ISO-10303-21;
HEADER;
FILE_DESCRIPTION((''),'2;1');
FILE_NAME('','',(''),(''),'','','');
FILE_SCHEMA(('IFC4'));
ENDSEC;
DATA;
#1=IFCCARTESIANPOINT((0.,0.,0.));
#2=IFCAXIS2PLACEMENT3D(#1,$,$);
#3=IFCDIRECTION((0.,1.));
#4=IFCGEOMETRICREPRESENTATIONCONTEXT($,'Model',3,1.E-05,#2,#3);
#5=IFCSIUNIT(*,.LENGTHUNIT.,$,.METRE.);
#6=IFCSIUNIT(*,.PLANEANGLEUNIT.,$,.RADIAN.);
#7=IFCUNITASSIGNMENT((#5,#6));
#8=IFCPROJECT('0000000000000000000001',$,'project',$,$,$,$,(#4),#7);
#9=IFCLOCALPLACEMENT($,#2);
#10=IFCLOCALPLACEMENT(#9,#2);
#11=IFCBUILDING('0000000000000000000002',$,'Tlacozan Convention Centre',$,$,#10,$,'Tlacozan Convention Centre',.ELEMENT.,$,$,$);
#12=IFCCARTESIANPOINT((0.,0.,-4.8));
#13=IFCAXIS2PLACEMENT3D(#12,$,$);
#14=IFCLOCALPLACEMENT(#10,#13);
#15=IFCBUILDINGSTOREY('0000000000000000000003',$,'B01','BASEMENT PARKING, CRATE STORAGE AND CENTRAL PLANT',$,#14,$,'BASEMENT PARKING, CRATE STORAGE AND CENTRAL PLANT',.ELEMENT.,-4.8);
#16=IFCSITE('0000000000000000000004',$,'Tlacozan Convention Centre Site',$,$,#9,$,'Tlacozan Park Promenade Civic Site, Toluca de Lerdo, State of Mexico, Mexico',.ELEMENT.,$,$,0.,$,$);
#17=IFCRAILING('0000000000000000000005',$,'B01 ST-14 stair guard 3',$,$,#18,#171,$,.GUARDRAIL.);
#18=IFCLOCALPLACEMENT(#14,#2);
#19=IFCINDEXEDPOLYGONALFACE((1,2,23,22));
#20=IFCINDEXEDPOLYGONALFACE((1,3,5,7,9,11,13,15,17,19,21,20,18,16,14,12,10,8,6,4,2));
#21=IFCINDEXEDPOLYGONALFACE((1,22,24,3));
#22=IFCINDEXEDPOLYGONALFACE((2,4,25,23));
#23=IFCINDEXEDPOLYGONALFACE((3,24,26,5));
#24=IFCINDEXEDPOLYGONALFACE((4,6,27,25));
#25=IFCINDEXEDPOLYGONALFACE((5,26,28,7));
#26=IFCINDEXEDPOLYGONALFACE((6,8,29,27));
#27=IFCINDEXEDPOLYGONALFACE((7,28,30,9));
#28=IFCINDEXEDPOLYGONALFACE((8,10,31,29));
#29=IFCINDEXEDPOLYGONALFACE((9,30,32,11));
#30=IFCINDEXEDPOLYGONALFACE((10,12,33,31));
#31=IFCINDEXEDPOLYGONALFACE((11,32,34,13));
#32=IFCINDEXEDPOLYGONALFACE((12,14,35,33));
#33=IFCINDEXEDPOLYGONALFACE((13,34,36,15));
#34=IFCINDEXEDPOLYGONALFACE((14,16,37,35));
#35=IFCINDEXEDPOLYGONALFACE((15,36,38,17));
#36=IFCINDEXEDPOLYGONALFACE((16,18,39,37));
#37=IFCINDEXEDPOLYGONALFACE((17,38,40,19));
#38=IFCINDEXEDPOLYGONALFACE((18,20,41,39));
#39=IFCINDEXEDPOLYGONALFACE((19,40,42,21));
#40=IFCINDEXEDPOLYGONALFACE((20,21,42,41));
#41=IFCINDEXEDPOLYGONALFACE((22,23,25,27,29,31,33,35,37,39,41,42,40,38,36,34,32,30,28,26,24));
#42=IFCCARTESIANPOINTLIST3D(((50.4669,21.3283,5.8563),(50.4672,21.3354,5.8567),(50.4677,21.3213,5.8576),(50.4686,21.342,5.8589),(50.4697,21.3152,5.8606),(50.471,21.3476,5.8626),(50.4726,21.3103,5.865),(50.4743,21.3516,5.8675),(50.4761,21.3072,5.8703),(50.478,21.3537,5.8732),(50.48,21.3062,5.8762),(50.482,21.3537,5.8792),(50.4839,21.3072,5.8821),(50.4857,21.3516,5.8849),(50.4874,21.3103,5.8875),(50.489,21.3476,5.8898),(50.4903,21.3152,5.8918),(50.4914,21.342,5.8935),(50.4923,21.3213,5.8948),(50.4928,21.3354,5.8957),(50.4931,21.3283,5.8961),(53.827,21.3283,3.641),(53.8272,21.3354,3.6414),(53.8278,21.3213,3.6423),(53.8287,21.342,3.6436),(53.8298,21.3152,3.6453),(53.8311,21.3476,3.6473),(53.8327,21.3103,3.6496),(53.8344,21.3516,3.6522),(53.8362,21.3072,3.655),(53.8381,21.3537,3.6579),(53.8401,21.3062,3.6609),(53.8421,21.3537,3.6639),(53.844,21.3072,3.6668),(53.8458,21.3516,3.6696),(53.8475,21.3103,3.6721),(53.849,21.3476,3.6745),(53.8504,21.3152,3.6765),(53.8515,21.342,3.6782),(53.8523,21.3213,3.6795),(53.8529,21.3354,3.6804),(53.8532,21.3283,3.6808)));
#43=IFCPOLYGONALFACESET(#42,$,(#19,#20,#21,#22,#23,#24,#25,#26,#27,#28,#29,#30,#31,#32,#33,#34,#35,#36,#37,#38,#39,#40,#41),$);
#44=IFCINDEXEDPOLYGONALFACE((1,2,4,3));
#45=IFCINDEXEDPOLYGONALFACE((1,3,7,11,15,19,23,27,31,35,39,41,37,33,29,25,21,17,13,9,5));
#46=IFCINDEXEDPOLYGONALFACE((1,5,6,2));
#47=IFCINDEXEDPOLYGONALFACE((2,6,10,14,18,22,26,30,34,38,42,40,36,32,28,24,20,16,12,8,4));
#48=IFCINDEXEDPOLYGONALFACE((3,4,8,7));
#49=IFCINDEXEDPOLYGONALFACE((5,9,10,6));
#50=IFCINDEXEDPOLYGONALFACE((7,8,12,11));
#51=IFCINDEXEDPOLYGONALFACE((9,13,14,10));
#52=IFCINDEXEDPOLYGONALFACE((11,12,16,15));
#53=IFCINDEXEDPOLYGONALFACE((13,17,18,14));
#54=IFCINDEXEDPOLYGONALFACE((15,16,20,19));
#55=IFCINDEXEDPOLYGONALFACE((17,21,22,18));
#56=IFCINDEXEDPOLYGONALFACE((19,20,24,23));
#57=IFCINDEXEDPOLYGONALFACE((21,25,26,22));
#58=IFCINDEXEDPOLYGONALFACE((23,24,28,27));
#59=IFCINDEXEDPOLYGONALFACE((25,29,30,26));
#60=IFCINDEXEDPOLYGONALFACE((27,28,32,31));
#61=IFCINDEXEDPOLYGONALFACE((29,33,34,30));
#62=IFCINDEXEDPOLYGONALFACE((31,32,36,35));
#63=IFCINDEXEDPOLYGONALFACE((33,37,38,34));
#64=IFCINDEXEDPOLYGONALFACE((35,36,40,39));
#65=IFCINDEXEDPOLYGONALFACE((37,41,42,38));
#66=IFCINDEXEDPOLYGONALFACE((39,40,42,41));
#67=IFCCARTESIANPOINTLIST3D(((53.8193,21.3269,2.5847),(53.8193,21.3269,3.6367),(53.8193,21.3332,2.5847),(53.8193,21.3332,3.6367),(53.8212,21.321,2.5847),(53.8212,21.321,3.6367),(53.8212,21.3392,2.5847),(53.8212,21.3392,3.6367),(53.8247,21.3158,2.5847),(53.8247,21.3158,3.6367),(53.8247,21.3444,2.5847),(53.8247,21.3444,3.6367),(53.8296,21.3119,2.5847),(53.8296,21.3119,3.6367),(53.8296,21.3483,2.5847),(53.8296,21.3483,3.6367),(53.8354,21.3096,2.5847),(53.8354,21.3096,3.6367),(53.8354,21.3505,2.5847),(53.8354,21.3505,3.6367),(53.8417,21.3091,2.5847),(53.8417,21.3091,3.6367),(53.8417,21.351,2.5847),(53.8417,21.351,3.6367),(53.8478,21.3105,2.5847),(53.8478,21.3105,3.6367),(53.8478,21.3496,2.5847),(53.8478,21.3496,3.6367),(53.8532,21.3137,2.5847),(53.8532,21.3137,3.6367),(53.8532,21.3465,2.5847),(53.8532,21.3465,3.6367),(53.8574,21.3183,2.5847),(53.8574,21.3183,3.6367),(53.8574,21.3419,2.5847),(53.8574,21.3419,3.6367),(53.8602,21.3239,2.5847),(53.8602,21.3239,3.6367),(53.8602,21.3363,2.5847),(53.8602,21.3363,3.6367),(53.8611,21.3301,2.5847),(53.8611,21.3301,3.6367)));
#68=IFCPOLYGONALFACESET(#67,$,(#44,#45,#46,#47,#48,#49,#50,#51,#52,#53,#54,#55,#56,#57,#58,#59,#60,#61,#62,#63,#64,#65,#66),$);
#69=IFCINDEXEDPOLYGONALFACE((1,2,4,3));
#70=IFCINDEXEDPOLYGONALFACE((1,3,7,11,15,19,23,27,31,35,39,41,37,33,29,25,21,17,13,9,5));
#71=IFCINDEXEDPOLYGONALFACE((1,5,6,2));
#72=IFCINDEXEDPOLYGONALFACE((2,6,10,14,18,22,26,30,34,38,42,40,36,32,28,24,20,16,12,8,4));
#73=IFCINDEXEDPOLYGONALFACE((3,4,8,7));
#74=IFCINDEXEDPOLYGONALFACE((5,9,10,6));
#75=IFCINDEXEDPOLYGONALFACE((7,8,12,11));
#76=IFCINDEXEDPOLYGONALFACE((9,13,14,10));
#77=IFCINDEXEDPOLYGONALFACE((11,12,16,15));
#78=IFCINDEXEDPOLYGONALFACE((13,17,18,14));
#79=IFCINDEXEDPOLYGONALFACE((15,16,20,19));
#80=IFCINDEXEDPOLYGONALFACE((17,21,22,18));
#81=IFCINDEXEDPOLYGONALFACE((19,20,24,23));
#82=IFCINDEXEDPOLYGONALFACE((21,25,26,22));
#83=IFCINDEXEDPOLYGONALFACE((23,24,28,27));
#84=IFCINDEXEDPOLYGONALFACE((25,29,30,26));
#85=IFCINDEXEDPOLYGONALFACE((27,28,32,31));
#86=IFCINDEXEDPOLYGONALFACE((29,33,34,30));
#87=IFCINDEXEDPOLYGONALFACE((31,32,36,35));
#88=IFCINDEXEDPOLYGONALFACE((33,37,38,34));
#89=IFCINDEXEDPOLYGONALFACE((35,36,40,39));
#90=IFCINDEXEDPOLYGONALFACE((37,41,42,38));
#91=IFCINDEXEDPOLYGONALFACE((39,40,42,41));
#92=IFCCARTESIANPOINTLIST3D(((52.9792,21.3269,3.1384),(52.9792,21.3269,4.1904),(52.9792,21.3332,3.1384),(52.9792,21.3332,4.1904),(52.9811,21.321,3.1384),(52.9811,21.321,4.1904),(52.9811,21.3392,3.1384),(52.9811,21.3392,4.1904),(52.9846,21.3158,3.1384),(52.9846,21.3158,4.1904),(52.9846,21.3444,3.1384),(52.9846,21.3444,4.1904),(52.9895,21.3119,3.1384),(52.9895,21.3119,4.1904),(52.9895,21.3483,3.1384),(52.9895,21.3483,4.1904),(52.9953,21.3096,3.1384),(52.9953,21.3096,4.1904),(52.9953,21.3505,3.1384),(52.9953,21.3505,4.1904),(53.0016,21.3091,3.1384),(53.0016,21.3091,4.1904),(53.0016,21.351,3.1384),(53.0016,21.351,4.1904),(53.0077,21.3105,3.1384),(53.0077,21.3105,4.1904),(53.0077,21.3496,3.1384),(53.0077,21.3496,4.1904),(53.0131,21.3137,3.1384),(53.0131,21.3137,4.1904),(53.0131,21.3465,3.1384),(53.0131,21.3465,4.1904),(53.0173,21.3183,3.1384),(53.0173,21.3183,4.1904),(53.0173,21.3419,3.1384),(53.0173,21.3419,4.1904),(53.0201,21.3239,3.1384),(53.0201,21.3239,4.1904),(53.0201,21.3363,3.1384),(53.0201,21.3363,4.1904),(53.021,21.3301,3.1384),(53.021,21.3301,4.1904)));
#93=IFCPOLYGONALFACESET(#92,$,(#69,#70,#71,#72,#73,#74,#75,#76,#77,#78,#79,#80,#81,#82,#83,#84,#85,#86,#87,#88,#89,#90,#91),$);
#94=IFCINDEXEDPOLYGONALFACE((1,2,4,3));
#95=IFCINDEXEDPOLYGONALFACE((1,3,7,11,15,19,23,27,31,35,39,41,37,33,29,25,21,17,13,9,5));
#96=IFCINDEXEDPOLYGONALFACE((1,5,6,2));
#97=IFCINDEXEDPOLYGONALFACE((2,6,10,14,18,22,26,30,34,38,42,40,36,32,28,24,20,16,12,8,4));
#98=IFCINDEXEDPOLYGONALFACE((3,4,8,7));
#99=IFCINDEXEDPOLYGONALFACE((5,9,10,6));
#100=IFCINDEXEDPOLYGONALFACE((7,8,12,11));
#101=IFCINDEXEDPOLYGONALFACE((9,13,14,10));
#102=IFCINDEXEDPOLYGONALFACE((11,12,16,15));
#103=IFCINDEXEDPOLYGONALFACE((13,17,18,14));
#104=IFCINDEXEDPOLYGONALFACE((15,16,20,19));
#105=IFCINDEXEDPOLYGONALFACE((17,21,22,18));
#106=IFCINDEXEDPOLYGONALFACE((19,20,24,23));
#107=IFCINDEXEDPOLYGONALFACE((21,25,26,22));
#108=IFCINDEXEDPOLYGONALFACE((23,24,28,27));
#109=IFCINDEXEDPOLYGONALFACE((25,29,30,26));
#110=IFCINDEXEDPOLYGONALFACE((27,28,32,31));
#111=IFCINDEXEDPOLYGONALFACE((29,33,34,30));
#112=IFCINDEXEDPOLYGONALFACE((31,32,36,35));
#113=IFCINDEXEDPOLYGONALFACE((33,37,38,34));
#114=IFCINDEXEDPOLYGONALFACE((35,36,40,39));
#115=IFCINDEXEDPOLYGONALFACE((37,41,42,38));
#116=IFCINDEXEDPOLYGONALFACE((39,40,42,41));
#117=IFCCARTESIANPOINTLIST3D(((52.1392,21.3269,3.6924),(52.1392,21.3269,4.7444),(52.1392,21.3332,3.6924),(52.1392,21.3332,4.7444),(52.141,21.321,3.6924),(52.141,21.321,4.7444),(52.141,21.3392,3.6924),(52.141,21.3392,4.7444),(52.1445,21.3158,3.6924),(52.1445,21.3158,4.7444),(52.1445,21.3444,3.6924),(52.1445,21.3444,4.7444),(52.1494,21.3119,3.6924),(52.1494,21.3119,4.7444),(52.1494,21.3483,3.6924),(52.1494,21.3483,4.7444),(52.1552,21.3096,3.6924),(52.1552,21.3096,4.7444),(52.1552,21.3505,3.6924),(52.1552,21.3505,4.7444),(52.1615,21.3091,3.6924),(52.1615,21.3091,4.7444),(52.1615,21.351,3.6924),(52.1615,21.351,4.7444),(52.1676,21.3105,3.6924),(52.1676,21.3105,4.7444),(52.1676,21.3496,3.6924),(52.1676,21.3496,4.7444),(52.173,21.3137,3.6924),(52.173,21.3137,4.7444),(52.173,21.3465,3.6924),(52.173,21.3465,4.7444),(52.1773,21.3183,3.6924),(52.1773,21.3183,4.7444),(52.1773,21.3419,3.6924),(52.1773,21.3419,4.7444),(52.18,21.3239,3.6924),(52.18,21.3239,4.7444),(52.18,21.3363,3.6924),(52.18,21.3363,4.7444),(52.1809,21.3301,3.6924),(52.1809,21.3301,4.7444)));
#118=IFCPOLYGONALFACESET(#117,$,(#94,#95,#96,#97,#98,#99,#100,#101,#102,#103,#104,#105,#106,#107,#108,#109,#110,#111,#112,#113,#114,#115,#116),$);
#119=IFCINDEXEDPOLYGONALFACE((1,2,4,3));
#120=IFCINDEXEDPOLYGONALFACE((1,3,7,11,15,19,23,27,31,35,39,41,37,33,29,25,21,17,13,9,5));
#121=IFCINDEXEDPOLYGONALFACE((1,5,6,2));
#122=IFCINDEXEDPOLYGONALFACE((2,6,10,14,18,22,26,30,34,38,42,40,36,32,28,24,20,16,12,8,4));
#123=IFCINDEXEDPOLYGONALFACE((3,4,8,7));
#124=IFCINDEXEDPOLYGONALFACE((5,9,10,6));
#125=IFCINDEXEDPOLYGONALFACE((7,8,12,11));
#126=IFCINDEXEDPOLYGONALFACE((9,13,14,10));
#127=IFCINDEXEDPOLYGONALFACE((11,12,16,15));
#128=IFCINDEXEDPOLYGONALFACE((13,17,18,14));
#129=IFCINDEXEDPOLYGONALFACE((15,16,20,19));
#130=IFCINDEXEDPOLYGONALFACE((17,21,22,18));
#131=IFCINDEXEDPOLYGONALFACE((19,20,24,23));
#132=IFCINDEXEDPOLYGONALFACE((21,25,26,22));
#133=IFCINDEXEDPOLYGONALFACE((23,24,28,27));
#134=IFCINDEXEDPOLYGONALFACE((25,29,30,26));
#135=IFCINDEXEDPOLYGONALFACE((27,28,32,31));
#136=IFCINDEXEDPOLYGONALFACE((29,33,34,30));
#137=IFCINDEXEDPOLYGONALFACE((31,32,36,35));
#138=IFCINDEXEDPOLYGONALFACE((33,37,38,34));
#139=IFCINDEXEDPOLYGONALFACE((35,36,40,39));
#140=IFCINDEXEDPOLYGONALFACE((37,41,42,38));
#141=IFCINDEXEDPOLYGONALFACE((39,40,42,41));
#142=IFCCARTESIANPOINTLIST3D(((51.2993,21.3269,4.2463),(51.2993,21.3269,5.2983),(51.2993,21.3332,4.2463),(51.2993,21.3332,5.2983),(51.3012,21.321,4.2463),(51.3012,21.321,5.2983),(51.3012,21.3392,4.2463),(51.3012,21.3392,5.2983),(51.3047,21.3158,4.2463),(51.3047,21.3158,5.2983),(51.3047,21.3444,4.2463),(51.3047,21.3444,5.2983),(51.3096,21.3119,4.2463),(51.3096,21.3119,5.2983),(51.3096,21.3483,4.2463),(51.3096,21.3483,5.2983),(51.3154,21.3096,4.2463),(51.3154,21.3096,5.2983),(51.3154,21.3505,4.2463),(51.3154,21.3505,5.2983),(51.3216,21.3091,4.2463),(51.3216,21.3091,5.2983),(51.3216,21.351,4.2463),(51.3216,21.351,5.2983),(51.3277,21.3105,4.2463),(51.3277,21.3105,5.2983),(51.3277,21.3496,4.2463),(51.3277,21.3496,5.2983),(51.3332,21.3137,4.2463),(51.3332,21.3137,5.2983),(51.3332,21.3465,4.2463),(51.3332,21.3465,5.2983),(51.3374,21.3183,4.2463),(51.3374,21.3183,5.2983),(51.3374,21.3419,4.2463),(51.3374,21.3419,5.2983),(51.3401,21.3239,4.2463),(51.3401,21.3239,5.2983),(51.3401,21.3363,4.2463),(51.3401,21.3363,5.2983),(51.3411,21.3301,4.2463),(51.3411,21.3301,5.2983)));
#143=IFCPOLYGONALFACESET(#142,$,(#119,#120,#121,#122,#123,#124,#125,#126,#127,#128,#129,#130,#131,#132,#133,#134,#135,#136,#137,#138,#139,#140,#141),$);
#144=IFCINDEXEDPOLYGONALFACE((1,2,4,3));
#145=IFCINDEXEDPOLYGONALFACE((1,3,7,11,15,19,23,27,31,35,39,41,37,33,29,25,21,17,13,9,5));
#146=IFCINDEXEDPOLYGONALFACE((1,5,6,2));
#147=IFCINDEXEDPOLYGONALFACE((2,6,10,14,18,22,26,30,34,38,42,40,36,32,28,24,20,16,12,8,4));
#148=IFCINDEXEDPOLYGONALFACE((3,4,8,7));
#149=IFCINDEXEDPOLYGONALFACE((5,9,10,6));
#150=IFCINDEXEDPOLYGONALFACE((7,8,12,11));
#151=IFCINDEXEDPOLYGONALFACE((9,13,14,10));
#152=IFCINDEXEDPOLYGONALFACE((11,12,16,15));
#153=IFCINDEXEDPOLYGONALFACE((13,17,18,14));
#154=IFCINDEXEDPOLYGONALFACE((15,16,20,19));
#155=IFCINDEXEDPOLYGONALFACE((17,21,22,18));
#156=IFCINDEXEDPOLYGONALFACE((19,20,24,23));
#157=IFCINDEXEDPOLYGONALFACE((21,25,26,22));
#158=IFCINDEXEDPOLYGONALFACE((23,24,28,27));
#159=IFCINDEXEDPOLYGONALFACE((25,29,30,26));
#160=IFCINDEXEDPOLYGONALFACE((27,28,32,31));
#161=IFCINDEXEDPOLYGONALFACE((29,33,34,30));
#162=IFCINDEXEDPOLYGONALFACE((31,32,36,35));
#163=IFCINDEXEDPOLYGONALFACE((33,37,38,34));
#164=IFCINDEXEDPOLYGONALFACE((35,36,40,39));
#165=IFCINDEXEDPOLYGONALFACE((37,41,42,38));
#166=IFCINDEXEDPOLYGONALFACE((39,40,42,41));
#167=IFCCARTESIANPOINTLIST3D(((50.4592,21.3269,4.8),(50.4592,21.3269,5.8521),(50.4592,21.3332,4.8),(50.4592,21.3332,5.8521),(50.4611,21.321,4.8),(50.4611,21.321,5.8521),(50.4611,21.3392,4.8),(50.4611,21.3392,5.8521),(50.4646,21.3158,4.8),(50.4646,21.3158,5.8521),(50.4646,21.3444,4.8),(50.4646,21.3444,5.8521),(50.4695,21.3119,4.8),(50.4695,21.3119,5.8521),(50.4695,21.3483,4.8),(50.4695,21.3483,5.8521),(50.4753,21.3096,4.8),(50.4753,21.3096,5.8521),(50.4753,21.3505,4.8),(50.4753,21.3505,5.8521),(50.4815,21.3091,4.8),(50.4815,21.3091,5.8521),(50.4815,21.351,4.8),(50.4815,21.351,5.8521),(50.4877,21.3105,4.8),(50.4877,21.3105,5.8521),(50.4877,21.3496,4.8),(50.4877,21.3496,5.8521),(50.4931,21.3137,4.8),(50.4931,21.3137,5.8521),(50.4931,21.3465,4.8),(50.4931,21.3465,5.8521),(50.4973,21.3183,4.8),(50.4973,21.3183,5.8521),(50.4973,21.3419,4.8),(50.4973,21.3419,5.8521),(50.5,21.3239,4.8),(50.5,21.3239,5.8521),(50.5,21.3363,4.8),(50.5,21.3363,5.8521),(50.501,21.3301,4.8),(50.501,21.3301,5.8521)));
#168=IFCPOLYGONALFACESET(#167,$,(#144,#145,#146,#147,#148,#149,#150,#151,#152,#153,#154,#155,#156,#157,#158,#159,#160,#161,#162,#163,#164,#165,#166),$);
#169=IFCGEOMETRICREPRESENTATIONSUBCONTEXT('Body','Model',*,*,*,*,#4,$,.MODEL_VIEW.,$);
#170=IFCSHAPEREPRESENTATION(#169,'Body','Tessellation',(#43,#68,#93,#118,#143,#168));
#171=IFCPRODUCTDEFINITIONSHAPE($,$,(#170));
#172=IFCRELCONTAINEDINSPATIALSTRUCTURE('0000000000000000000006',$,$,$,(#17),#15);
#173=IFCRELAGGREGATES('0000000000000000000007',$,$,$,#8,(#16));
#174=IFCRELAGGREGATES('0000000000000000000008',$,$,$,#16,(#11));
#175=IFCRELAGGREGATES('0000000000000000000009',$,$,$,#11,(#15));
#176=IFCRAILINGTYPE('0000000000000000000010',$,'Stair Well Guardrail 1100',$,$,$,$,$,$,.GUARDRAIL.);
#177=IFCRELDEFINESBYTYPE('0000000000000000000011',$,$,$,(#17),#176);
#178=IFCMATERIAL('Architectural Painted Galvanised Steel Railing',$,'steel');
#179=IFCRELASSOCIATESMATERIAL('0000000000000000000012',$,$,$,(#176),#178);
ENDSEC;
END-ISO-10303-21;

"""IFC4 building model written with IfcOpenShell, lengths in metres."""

from ifc_helpers import new_model, si_unit, direction, frame, origin, origin_2d, place, context, subcontext, project, spatial, circle, extrude, material, type_object, element, save


model = new_model("IFC4")

# Units and contexts
model_context = context("Model", 3, precision=1e-05, world=origin(), true_north=direction((0.0, 1.0)))
body_context = subcontext(model_context, "Body", "Model", "MODEL_VIEW")
ifc_project = project(units=[si_unit("LENGTHUNIT", "METRE"), si_unit("PLANEANGLEUNIT", "RADIAN")], contexts=[model_context])

# Site, building, storey
site_placement = place(None, origin())
site = spatial("IfcSite", under=ifc_project, at=site_placement, Name="Tlacozan Convention Centre Site", LongName="Tlacozan Park Promenade Civic Site, Toluca de Lerdo, State of Mexico, Mexico", CompositionType="ELEMENT", RefElevation=0.0)
building_placement = place(site_placement, origin())
building = spatial("IfcBuilding", under=site, at=building_placement, Name="Tlacozan Convention Centre", LongName="Tlacozan Convention Centre", CompositionType="ELEMENT")
storey_placement = place(building_placement, frame((0.0, 0.0, -4.8)))
storey = spatial("IfcBuildingStorey", under=building, at=storey_placement, Name="B01", Description="BASEMENT PARKING, CRATE STORAGE AND CENTRAL PLANT", LongName="BASEMENT PARKING, CRATE STORAGE AND CENTRAL PLANT", CompositionType="ELEMENT", Elevation=-4.8)

# Railing
ifc_material_1 = material(Name="Architectural Painted Galvanised Steel Railing", Category="steel")
railing_type_1 = type_object("IfcRailingType", Name="Stair Well Guardrail 1100", PredefinedType="GUARDRAIL", material=ifc_material_1)
railing_1_placement = place(storey_placement, frame((53.8401, 21.3301, 2.5847)))
element("IfcRailing", 1, at=railing_1_placement, inside=storey, type_object=railing_type_1, Name="B01 ST-14 stair guard 3", PredefinedType="GUARDRAIL", context=body_context, shape_type="SweptSolid", body=[
    extrude(circle(Radius=0.0239, at=origin_2d()), frame((0.0, 0.0, 1.0762), z_axis=(-0.834876, 0.0, 0.550437), x_axis=(0.0, -1.0, 0.0)), (0.0, 0.0, 1.0), 4.0247),
    extrude(circle(Radius=0.021, at=origin_2d()), origin(), (0.0, 0.0, 1.0), 1.052),
    extrude(circle(Radius=0.021, at=origin_2d()), frame((-0.8401, 0.0, 0.5537)), (0.0, 0.0, 1.0), 1.052),
    extrude(circle(Radius=0.021, at=origin_2d()), frame((-1.6802, 0.0, 1.1077)), (0.0, 0.0, 1.0), 1.052),
    extrude(circle(Radius=0.021, at=origin_2d()), frame((-2.52, 0.0, 1.6616)), (0.0, 0.0, 1.0), 1.052),
    extrude(circle(Radius=0.021, at=origin_2d()), frame((-3.3601, 0.0, 2.2153)), (0.0, 0.0, 1.0), 1.052),
])

save(model, "model.ifc")
